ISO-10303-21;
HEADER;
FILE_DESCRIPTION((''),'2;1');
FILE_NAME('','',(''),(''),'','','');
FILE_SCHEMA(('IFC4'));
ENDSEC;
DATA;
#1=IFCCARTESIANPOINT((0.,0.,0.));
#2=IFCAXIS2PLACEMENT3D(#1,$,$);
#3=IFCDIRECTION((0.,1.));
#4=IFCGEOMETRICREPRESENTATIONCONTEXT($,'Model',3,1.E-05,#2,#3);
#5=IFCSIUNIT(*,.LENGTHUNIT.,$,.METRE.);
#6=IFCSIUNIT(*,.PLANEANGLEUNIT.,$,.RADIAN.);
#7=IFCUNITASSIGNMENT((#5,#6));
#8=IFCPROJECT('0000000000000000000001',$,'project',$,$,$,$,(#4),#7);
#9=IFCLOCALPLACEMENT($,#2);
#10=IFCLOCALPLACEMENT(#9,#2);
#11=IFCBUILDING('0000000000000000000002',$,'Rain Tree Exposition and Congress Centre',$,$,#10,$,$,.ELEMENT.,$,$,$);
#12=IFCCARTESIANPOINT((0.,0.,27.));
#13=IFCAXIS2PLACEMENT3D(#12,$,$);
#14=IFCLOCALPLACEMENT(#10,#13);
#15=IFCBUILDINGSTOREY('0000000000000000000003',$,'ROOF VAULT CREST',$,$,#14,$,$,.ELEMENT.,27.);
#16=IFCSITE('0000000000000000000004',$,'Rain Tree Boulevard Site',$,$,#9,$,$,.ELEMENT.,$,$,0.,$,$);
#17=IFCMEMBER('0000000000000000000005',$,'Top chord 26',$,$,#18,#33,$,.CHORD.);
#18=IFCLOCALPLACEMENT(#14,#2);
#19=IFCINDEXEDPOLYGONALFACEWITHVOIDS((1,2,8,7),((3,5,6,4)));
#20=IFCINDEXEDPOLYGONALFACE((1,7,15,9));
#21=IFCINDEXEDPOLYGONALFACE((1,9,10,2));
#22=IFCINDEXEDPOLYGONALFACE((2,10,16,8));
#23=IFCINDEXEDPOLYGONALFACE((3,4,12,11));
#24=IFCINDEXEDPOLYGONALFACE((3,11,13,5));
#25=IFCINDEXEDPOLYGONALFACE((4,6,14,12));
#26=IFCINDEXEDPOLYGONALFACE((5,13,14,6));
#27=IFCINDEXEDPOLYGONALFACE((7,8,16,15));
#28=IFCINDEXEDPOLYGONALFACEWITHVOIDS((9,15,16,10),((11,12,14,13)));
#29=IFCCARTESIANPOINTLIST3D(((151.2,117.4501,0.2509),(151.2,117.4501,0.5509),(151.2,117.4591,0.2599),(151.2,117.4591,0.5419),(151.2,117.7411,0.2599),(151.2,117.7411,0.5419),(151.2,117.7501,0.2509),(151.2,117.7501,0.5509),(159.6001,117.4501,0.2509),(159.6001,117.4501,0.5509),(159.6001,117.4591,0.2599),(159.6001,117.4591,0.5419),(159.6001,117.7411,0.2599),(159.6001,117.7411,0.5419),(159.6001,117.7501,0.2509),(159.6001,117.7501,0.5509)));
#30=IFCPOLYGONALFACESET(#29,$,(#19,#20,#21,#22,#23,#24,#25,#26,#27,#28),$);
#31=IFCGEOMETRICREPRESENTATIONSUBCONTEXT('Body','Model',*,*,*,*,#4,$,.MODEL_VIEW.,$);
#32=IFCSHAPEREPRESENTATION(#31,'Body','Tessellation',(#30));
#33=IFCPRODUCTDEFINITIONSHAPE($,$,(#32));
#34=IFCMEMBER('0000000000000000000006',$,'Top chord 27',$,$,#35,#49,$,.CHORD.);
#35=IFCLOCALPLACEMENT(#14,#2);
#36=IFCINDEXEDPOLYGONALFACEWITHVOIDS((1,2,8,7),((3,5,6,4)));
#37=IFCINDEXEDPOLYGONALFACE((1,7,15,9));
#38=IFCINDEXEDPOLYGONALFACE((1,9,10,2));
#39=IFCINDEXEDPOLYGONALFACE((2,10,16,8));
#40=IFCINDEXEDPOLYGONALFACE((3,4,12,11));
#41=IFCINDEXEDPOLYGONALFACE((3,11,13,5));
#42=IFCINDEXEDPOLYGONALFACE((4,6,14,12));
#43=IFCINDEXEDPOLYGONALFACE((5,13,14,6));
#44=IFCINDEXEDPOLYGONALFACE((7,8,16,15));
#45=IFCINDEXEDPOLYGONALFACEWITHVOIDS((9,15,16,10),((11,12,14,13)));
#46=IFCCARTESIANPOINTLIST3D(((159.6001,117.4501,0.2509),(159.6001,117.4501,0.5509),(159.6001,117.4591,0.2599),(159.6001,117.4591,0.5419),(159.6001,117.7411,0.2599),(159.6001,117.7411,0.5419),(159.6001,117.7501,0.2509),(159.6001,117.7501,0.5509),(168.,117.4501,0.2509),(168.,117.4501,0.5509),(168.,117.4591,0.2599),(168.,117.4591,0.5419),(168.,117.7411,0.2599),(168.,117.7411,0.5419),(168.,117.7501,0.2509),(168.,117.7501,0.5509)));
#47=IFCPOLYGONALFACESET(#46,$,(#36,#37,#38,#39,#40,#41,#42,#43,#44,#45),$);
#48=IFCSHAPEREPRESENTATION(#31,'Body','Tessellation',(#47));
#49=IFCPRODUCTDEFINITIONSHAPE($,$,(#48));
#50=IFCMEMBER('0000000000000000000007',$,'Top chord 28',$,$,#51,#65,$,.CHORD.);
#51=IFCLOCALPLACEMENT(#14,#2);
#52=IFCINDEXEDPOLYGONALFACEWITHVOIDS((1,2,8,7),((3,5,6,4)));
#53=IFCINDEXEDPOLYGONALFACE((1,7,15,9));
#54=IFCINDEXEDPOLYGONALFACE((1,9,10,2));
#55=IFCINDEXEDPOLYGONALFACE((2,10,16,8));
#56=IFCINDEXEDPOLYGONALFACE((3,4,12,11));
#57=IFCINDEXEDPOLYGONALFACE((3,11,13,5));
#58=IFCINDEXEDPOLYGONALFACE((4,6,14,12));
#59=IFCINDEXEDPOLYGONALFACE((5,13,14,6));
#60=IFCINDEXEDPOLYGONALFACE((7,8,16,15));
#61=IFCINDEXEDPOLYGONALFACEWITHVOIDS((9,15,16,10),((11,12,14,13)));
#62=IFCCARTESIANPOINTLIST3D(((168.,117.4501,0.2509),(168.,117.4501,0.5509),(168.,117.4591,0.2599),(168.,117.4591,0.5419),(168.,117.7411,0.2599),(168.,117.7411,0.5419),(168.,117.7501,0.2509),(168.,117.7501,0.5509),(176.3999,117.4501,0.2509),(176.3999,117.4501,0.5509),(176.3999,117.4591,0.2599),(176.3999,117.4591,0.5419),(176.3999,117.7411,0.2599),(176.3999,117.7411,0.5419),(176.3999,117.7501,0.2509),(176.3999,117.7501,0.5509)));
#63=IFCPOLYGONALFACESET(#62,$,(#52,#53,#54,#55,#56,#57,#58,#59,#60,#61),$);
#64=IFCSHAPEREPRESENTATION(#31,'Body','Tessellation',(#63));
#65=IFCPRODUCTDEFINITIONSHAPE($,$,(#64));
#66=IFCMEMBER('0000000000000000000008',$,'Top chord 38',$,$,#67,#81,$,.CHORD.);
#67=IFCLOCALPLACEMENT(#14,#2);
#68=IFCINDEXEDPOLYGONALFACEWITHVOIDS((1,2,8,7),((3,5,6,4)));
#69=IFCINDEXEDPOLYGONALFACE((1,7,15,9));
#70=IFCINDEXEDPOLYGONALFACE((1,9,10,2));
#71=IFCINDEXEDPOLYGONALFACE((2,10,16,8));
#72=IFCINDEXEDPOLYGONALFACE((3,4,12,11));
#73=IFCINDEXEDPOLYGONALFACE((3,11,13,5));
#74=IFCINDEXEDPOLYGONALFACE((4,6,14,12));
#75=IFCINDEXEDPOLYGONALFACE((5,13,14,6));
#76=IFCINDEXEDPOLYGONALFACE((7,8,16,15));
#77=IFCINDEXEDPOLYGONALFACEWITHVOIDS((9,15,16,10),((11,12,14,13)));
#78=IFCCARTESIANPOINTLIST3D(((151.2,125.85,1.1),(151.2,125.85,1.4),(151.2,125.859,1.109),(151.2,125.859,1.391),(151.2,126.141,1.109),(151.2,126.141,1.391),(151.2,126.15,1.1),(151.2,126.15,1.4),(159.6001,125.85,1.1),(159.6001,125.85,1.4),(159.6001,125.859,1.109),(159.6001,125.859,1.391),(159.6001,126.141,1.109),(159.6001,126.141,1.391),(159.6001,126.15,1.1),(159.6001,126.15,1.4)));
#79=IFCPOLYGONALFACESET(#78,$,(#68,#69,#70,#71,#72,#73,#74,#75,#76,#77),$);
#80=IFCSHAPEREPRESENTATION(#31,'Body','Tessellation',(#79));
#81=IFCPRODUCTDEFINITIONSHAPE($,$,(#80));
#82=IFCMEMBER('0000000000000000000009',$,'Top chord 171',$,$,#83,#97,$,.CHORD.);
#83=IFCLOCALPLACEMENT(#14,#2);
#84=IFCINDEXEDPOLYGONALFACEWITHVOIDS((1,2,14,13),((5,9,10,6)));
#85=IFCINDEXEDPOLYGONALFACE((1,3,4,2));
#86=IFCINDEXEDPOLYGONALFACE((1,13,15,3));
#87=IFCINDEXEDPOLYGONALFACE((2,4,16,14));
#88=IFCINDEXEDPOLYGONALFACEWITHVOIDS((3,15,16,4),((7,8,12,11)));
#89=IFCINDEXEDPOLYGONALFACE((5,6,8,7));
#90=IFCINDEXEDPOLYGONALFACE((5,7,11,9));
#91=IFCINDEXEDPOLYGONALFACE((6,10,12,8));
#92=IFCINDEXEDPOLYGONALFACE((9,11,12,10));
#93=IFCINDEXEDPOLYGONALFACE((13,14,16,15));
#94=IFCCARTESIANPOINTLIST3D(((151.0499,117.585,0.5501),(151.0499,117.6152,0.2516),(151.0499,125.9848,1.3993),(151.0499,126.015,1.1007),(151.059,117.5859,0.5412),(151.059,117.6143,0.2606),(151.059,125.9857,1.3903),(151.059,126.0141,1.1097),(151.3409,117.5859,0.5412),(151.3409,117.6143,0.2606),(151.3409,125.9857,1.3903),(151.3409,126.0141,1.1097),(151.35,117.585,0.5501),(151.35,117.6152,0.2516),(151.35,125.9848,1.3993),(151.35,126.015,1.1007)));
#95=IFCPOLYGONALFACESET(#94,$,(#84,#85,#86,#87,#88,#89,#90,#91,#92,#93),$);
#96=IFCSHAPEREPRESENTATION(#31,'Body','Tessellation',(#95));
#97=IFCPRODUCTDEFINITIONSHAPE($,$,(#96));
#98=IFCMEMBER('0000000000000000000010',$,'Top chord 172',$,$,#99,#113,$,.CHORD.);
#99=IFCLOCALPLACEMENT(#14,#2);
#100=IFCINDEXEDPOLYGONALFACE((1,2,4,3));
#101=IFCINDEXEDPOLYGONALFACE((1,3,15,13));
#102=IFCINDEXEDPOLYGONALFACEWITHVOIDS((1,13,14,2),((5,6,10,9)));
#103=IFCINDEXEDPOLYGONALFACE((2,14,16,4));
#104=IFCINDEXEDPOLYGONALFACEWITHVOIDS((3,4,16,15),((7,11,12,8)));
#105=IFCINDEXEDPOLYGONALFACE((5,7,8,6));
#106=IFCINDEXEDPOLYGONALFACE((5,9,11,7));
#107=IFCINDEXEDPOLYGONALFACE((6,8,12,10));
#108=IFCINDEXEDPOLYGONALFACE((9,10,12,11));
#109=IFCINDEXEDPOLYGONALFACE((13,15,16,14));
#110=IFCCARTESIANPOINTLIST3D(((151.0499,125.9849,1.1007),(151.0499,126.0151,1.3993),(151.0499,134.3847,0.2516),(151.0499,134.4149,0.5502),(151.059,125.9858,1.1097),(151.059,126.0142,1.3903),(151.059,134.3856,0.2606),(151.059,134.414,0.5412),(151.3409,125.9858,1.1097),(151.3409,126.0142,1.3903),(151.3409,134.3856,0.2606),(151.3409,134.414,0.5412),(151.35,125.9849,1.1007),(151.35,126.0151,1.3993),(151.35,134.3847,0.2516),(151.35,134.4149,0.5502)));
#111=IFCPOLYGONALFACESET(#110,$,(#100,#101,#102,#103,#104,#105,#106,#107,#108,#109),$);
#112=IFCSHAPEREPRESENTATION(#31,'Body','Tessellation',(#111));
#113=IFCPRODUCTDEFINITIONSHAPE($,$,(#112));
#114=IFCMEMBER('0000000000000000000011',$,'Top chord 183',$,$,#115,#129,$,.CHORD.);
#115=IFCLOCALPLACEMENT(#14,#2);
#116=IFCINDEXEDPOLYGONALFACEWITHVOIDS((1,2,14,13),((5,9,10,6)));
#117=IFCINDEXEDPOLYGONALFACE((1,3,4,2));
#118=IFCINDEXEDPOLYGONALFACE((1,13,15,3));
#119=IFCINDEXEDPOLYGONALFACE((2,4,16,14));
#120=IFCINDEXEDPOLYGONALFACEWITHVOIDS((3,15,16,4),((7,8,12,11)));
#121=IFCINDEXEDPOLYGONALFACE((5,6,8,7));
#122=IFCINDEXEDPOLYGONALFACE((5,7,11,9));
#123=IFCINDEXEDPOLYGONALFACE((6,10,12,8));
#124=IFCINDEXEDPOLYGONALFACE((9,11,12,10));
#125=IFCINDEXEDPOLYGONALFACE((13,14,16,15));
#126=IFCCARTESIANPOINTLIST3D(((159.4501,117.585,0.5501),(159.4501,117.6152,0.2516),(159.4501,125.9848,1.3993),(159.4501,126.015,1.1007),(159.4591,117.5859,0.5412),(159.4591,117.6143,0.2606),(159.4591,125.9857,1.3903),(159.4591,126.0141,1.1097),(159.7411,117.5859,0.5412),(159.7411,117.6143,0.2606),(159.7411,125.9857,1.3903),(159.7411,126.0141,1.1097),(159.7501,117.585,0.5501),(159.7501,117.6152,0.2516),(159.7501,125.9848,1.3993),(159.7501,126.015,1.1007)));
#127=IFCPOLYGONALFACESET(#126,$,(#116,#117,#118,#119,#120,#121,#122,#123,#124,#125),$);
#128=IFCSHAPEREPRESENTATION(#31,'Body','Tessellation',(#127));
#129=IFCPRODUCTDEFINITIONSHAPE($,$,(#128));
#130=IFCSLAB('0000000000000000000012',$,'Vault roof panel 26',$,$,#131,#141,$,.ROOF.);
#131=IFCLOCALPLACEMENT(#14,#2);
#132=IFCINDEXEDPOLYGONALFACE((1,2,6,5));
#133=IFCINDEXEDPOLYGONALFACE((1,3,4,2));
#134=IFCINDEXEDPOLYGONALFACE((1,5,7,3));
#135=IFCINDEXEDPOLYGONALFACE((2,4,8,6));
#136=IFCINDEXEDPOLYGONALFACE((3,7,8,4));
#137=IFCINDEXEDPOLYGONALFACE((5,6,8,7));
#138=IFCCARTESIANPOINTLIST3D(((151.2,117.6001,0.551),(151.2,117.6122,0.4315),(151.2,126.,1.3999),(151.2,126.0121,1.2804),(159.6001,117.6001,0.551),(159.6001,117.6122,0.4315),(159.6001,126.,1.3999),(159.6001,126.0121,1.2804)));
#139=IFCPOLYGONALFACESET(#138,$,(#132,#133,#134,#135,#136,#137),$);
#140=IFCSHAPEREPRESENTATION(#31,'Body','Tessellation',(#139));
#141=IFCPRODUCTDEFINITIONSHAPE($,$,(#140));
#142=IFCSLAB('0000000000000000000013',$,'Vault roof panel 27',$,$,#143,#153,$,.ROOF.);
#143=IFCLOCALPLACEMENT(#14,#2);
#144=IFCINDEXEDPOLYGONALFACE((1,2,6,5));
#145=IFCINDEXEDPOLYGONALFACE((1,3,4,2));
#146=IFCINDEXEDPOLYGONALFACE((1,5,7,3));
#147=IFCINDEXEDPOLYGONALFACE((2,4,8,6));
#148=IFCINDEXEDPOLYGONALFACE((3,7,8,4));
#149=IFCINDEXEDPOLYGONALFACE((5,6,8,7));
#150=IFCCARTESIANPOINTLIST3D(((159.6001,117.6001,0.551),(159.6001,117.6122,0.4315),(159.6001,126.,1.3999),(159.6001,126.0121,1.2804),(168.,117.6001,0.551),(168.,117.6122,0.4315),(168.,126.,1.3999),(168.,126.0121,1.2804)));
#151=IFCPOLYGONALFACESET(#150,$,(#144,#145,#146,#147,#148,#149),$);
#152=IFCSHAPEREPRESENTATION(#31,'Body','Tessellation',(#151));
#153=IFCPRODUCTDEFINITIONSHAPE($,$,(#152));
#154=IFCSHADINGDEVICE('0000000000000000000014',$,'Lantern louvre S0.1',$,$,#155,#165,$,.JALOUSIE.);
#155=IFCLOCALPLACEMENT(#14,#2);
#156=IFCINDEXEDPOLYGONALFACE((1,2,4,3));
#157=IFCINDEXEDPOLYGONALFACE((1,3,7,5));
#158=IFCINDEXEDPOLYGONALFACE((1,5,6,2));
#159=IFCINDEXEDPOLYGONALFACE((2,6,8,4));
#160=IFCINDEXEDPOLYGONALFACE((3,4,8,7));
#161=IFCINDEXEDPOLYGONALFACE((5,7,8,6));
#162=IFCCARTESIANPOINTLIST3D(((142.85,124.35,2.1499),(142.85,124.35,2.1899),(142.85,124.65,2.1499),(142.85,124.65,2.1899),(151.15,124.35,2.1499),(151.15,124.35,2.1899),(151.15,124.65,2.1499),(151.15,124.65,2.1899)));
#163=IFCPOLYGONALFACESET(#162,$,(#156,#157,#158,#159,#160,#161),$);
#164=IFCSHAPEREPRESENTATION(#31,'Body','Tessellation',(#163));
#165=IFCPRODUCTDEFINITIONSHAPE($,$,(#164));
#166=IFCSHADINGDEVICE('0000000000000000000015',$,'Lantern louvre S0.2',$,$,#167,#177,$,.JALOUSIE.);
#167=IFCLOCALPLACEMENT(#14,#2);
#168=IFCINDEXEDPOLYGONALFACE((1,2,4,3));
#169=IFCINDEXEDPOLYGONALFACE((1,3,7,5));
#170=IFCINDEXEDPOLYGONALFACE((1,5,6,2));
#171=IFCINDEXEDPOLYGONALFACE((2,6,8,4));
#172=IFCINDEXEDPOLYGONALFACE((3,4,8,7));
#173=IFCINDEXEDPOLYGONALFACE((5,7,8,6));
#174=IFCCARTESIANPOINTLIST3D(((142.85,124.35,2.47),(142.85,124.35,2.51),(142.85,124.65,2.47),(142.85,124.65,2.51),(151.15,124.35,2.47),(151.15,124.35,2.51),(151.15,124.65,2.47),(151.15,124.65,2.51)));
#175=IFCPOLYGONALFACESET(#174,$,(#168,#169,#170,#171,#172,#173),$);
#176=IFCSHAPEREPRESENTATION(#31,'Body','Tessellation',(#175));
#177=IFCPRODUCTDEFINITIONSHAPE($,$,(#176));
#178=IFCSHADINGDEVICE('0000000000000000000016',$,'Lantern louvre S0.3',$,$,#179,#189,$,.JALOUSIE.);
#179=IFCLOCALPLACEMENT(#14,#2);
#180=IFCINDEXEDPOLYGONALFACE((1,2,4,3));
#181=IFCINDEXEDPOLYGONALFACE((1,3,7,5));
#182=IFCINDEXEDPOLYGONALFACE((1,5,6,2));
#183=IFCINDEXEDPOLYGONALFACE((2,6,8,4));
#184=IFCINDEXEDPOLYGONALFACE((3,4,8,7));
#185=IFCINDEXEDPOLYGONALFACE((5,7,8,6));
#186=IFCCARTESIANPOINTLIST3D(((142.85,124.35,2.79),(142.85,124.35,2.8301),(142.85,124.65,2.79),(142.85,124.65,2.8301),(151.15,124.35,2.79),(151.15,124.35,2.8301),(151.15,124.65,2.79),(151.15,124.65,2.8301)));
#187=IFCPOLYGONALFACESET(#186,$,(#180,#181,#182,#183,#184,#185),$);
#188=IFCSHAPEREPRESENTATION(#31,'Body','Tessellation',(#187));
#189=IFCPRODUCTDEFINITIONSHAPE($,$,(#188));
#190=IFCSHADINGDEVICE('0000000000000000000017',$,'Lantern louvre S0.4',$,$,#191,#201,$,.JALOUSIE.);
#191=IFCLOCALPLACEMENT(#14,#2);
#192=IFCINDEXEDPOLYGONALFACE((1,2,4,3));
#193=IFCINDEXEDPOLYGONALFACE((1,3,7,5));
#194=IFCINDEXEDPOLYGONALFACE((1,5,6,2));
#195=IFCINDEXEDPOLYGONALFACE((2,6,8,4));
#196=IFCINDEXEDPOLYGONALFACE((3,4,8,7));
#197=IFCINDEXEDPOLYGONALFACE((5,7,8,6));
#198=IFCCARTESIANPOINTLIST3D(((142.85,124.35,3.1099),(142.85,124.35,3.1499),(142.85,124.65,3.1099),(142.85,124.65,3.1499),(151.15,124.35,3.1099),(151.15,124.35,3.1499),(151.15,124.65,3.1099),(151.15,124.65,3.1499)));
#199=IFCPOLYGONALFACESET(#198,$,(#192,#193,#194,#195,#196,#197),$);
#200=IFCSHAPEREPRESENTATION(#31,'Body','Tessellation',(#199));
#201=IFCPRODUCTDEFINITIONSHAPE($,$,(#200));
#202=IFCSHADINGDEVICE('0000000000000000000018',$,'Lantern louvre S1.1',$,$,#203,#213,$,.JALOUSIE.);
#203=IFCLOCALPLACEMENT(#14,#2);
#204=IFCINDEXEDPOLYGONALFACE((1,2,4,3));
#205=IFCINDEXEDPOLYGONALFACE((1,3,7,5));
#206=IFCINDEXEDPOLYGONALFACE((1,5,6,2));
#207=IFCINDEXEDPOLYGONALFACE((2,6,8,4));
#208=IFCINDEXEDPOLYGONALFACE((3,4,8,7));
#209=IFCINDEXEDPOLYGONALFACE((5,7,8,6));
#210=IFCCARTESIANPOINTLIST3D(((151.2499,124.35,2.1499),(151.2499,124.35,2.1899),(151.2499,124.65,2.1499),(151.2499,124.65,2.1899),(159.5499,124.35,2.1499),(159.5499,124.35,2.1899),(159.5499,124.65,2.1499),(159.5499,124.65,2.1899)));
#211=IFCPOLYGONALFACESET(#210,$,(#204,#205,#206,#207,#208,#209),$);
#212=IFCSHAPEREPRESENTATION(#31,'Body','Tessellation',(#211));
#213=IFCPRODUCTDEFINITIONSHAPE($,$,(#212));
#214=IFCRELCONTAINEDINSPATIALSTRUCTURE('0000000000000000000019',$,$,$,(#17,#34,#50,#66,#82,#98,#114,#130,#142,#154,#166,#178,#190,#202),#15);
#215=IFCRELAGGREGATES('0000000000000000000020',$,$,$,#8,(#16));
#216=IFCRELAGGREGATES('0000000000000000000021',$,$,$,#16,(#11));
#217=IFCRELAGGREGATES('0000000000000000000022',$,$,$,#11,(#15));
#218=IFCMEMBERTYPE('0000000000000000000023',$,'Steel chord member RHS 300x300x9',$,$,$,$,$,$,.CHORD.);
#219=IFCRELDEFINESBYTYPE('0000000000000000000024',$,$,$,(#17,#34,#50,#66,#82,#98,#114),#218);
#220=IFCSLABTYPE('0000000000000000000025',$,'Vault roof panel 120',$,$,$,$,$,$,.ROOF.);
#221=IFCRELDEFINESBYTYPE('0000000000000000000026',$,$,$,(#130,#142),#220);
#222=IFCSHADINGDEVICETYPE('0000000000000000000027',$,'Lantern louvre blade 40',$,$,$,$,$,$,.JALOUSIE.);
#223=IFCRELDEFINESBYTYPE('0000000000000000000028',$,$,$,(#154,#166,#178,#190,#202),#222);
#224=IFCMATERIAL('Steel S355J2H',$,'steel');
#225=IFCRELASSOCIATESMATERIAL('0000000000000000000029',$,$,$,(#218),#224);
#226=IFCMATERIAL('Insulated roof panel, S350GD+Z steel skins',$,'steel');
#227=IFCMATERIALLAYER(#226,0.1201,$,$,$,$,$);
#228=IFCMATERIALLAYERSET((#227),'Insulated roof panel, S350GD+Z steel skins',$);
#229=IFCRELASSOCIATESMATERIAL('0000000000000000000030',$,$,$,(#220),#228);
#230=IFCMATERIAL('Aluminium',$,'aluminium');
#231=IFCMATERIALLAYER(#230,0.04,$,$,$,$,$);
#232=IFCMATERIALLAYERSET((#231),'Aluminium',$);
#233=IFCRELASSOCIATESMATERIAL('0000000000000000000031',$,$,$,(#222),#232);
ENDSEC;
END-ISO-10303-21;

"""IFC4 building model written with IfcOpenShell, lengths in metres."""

from ifc_helpers import new_model, si_unit, direction, frame, origin, origin_2d, place, context, subcontext, project, spatial, polyline, rectangle, hollow_rectangle, outline, extrude, material, layer, layer_set, material_profile, profile_set, type_object, element, save


model = new_model("IFC4")

# Units and contexts
model_context = context("Model", 3, precision=1e-05, world=origin(), true_north=direction((0.0, 1.0)))
body_context = subcontext(model_context, "Body", "Model", "MODEL_VIEW")
ifc_project = project(units=[si_unit("LENGTHUNIT", "METRE"), si_unit("PLANEANGLEUNIT", "RADIAN")], contexts=[model_context])

# Site, building, storey
site_placement = place(None, origin())
site = spatial("IfcSite", under=ifc_project, at=site_placement, Name="Rain Tree Boulevard Site", CompositionType="ELEMENT", RefElevation=0.0)
building_placement = place(site_placement, origin())
building = spatial("IfcBuilding", under=site, at=building_placement, Name="Rain Tree Exposition and Congress Centre", CompositionType="ELEMENT")
storey_placement = place(building_placement, frame((0.0, 0.0, 27.0)))
storey = spatial("IfcBuildingStorey", under=building, at=storey_placement, Name="ROOF VAULT CREST", CompositionType="ELEMENT", Elevation=27.0)

# Members
ifc_material_1 = material(Name="Steel S355J2H", Category="steel")
ifc_material_profile_1 = material_profile(ifc_material_1, hollow_rectangle(XDim=0.3, YDim=0.3, WallThickness=0.009, at=origin_2d()), Name="RHS 300x300x9")
ifc_profile_set_1 = profile_set([ifc_material_profile_1], Name="Steel S355J2H")
member_type = type_object("IfcMemberType", Name="Steel chord member RHS 300x300x9", PredefinedType="CHORD", material=ifc_profile_set_1)
member_1_placement = place(storey_placement, frame((151.2, 117.6001, 0.4009), z_axis=(1.0, 0.0, 0.0), x_axis=(0.0, 1.0, 0.0)))
element("IfcMember", 1, at=member_1_placement, inside=storey, type_object=member_type, Name="Top chord 26", PredefinedType="CHORD", context=body_context, shape_type="SweptSolid", body=[
    extrude(hollow_rectangle(XDim=0.3, YDim=0.3, WallThickness=0.009, at=origin_2d()), origin(), (0.0, 0.0, 1.0), 8.4001),
])
for number, where, z_axis, x_axis, name in (
    (2, (159.6001, 117.6001, 0.4009), (1.0, 0.0, 0.0), (0.0, 1.0, 0.0), "Top chord 27"),
    (3, (168.0, 117.6001, 0.4009), (1.0, 0.0, 0.0), (0.0, 1.0, 0.0), "Top chord 28"),
):
    element("IfcMember", number, at=place(storey_placement, frame(where, z_axis=z_axis, x_axis=x_axis)), inside=storey, type_object=member_type, Name=name, PredefinedType="CHORD", context=body_context, shape_type="SweptSolid", body=[
        extrude(hollow_rectangle(XDim=0.3, YDim=0.3, WallThickness=0.009, at=origin_2d()), origin(), (0.0, 0.0, 1.0), 8.3999),
    ])
member_2_placement = place(storey_placement, frame((151.2, 126.0, 1.25), z_axis=(1.0, 0.0, 0.0), x_axis=(0.0, 1.0, 0.0)))
element("IfcMember", 4, at=member_2_placement, inside=storey, type_object=member_type, Name="Top chord 38", PredefinedType="CHORD", context=body_context, shape_type="SweptSolid", body=[
    extrude(hollow_rectangle(XDim=0.3, YDim=0.3, WallThickness=0.009, at=origin_2d()), origin(), (0.0, 0.0, 1.0), 8.4001),
])
for number, where, z_axis, x_axis, name in (
    (5, (151.2, 117.6001, 0.4009), (0.0, 0.99493, 0.100574), (-1.0, 0.0, 0.0), "Top chord 171"),
    (6, (151.2, 126.0, 1.25), (0.0, 0.99493, -0.100574), (-1.0, 0.0, 0.0), "Top chord 172"),
    (7, (159.6001, 117.6001, 0.4009), (0.0, 0.99493, 0.100574), (-1.0, 0.0, 0.0), "Top chord 183"),
):
    element("IfcMember", number, at=place(storey_placement, frame(where, z_axis=z_axis, x_axis=x_axis)), inside=storey, type_object=member_type, Name=name, PredefinedType="CHORD", context=body_context, shape_type="SweptSolid", body=[
        extrude(hollow_rectangle(XDim=0.3, YDim=0.3, WallThickness=0.009, at=origin_2d()), origin(), (0.0, 0.0, 1.0), 8.4426),
    ])

# Slabs
ifc_material_2 = material(Name="Insulated roof panel, S350GD+Z steel skins", Category="steel")
ifc_layer_1 = layer(ifc_material_2, 0.1201)
ifc_layer_set_1 = layer_set([ifc_layer_1], Name="Insulated roof panel, S350GD+Z steel skins")
slab_type = type_object("IfcSlabType", Name="Vault roof panel 120", PredefinedType="ROOF", material=ifc_layer_set_1)
slab_1_placement = place(storey_placement, frame((151.2, 117.6001, 0.551), z_axis=(0.0, -0.100546, 0.994932), x_axis=(1.0, 0.0, 0.0)))
element("IfcSlab", 8, at=slab_1_placement, inside=storey, type_object=slab_type, Name="Vault roof panel 26", PredefinedType="ROOF", context=body_context, shape_type="SweptSolid", body=[
    extrude(outline(polyline([(0.0, 0.0), (8.4001, 0.0), (8.4001, 8.4427), (0.0, 8.4427), (0.0, 0.0)])), origin(), (0.0, 0.0, -1.0), 0.1201),
])
slab_2_placement = place(storey_placement, frame((159.6001, 117.6001, 0.551), z_axis=(0.0, -0.100546, 0.994932), x_axis=(1.0, 0.0, 0.0)))
element("IfcSlab", 9, at=slab_2_placement, inside=storey, type_object=slab_type, Name="Vault roof panel 27", PredefinedType="ROOF", context=body_context, shape_type="SweptSolid", body=[
    extrude(outline(polyline([(0.0, 0.0), (8.3999, 0.0), (8.3999, 8.4427), (0.0, 8.4427), (0.0, 0.0)])), origin(), (0.0, 0.0, -1.0), 0.1201),
])

# Shading devices
ifc_material_3 = material(Name="Aluminium", Category="aluminium")
ifc_layer_2 = layer(ifc_material_3, 0.04)
ifc_layer_set_2 = layer_set([ifc_layer_2], Name="Aluminium")
shading_device_type = type_object("IfcShadingDeviceType", Name="Lantern louvre blade 40", PredefinedType="JALOUSIE", material=ifc_layer_set_2)
for number, where, z_axis, x_axis, name in (
    (10, (147.0, 124.5, 2.1499), (0.0, 0.0, 1.0), (1.0, 0.0, 0.0), "Lantern louvre S0.1"),
    (11, (147.0, 124.5, 2.47), (0.0, 0.0, 1.0), (1.0, 0.0, 0.0), "Lantern louvre S0.2"),
    (12, (147.0, 124.5, 2.79), (0.0, 0.0, 1.0), (1.0, 0.0, 0.0), "Lantern louvre S0.3"),
    (13, (147.0, 124.5, 3.1099), (0.0, 0.0, 1.0), (1.0, 0.0, 0.0), "Lantern louvre S0.4"),
    (14, (155.3999, 124.5, 2.1499), (0.0, 0.0, 1.0), (1.0, 0.0, 0.0), "Lantern louvre S1.1"),
):
    element("IfcShadingDevice", number, at=place(storey_placement, frame(where, z_axis=z_axis, x_axis=x_axis)), inside=storey, type_object=shading_device_type, Name=name, PredefinedType="JALOUSIE", context=body_context, shape_type="SweptSolid", body=[
        extrude(rectangle(XDim=8.3, YDim=0.3, at=origin_2d()), origin(), (0.0, 0.0, 1.0), 0.04),
    ])

save(model, "model.ifc")
